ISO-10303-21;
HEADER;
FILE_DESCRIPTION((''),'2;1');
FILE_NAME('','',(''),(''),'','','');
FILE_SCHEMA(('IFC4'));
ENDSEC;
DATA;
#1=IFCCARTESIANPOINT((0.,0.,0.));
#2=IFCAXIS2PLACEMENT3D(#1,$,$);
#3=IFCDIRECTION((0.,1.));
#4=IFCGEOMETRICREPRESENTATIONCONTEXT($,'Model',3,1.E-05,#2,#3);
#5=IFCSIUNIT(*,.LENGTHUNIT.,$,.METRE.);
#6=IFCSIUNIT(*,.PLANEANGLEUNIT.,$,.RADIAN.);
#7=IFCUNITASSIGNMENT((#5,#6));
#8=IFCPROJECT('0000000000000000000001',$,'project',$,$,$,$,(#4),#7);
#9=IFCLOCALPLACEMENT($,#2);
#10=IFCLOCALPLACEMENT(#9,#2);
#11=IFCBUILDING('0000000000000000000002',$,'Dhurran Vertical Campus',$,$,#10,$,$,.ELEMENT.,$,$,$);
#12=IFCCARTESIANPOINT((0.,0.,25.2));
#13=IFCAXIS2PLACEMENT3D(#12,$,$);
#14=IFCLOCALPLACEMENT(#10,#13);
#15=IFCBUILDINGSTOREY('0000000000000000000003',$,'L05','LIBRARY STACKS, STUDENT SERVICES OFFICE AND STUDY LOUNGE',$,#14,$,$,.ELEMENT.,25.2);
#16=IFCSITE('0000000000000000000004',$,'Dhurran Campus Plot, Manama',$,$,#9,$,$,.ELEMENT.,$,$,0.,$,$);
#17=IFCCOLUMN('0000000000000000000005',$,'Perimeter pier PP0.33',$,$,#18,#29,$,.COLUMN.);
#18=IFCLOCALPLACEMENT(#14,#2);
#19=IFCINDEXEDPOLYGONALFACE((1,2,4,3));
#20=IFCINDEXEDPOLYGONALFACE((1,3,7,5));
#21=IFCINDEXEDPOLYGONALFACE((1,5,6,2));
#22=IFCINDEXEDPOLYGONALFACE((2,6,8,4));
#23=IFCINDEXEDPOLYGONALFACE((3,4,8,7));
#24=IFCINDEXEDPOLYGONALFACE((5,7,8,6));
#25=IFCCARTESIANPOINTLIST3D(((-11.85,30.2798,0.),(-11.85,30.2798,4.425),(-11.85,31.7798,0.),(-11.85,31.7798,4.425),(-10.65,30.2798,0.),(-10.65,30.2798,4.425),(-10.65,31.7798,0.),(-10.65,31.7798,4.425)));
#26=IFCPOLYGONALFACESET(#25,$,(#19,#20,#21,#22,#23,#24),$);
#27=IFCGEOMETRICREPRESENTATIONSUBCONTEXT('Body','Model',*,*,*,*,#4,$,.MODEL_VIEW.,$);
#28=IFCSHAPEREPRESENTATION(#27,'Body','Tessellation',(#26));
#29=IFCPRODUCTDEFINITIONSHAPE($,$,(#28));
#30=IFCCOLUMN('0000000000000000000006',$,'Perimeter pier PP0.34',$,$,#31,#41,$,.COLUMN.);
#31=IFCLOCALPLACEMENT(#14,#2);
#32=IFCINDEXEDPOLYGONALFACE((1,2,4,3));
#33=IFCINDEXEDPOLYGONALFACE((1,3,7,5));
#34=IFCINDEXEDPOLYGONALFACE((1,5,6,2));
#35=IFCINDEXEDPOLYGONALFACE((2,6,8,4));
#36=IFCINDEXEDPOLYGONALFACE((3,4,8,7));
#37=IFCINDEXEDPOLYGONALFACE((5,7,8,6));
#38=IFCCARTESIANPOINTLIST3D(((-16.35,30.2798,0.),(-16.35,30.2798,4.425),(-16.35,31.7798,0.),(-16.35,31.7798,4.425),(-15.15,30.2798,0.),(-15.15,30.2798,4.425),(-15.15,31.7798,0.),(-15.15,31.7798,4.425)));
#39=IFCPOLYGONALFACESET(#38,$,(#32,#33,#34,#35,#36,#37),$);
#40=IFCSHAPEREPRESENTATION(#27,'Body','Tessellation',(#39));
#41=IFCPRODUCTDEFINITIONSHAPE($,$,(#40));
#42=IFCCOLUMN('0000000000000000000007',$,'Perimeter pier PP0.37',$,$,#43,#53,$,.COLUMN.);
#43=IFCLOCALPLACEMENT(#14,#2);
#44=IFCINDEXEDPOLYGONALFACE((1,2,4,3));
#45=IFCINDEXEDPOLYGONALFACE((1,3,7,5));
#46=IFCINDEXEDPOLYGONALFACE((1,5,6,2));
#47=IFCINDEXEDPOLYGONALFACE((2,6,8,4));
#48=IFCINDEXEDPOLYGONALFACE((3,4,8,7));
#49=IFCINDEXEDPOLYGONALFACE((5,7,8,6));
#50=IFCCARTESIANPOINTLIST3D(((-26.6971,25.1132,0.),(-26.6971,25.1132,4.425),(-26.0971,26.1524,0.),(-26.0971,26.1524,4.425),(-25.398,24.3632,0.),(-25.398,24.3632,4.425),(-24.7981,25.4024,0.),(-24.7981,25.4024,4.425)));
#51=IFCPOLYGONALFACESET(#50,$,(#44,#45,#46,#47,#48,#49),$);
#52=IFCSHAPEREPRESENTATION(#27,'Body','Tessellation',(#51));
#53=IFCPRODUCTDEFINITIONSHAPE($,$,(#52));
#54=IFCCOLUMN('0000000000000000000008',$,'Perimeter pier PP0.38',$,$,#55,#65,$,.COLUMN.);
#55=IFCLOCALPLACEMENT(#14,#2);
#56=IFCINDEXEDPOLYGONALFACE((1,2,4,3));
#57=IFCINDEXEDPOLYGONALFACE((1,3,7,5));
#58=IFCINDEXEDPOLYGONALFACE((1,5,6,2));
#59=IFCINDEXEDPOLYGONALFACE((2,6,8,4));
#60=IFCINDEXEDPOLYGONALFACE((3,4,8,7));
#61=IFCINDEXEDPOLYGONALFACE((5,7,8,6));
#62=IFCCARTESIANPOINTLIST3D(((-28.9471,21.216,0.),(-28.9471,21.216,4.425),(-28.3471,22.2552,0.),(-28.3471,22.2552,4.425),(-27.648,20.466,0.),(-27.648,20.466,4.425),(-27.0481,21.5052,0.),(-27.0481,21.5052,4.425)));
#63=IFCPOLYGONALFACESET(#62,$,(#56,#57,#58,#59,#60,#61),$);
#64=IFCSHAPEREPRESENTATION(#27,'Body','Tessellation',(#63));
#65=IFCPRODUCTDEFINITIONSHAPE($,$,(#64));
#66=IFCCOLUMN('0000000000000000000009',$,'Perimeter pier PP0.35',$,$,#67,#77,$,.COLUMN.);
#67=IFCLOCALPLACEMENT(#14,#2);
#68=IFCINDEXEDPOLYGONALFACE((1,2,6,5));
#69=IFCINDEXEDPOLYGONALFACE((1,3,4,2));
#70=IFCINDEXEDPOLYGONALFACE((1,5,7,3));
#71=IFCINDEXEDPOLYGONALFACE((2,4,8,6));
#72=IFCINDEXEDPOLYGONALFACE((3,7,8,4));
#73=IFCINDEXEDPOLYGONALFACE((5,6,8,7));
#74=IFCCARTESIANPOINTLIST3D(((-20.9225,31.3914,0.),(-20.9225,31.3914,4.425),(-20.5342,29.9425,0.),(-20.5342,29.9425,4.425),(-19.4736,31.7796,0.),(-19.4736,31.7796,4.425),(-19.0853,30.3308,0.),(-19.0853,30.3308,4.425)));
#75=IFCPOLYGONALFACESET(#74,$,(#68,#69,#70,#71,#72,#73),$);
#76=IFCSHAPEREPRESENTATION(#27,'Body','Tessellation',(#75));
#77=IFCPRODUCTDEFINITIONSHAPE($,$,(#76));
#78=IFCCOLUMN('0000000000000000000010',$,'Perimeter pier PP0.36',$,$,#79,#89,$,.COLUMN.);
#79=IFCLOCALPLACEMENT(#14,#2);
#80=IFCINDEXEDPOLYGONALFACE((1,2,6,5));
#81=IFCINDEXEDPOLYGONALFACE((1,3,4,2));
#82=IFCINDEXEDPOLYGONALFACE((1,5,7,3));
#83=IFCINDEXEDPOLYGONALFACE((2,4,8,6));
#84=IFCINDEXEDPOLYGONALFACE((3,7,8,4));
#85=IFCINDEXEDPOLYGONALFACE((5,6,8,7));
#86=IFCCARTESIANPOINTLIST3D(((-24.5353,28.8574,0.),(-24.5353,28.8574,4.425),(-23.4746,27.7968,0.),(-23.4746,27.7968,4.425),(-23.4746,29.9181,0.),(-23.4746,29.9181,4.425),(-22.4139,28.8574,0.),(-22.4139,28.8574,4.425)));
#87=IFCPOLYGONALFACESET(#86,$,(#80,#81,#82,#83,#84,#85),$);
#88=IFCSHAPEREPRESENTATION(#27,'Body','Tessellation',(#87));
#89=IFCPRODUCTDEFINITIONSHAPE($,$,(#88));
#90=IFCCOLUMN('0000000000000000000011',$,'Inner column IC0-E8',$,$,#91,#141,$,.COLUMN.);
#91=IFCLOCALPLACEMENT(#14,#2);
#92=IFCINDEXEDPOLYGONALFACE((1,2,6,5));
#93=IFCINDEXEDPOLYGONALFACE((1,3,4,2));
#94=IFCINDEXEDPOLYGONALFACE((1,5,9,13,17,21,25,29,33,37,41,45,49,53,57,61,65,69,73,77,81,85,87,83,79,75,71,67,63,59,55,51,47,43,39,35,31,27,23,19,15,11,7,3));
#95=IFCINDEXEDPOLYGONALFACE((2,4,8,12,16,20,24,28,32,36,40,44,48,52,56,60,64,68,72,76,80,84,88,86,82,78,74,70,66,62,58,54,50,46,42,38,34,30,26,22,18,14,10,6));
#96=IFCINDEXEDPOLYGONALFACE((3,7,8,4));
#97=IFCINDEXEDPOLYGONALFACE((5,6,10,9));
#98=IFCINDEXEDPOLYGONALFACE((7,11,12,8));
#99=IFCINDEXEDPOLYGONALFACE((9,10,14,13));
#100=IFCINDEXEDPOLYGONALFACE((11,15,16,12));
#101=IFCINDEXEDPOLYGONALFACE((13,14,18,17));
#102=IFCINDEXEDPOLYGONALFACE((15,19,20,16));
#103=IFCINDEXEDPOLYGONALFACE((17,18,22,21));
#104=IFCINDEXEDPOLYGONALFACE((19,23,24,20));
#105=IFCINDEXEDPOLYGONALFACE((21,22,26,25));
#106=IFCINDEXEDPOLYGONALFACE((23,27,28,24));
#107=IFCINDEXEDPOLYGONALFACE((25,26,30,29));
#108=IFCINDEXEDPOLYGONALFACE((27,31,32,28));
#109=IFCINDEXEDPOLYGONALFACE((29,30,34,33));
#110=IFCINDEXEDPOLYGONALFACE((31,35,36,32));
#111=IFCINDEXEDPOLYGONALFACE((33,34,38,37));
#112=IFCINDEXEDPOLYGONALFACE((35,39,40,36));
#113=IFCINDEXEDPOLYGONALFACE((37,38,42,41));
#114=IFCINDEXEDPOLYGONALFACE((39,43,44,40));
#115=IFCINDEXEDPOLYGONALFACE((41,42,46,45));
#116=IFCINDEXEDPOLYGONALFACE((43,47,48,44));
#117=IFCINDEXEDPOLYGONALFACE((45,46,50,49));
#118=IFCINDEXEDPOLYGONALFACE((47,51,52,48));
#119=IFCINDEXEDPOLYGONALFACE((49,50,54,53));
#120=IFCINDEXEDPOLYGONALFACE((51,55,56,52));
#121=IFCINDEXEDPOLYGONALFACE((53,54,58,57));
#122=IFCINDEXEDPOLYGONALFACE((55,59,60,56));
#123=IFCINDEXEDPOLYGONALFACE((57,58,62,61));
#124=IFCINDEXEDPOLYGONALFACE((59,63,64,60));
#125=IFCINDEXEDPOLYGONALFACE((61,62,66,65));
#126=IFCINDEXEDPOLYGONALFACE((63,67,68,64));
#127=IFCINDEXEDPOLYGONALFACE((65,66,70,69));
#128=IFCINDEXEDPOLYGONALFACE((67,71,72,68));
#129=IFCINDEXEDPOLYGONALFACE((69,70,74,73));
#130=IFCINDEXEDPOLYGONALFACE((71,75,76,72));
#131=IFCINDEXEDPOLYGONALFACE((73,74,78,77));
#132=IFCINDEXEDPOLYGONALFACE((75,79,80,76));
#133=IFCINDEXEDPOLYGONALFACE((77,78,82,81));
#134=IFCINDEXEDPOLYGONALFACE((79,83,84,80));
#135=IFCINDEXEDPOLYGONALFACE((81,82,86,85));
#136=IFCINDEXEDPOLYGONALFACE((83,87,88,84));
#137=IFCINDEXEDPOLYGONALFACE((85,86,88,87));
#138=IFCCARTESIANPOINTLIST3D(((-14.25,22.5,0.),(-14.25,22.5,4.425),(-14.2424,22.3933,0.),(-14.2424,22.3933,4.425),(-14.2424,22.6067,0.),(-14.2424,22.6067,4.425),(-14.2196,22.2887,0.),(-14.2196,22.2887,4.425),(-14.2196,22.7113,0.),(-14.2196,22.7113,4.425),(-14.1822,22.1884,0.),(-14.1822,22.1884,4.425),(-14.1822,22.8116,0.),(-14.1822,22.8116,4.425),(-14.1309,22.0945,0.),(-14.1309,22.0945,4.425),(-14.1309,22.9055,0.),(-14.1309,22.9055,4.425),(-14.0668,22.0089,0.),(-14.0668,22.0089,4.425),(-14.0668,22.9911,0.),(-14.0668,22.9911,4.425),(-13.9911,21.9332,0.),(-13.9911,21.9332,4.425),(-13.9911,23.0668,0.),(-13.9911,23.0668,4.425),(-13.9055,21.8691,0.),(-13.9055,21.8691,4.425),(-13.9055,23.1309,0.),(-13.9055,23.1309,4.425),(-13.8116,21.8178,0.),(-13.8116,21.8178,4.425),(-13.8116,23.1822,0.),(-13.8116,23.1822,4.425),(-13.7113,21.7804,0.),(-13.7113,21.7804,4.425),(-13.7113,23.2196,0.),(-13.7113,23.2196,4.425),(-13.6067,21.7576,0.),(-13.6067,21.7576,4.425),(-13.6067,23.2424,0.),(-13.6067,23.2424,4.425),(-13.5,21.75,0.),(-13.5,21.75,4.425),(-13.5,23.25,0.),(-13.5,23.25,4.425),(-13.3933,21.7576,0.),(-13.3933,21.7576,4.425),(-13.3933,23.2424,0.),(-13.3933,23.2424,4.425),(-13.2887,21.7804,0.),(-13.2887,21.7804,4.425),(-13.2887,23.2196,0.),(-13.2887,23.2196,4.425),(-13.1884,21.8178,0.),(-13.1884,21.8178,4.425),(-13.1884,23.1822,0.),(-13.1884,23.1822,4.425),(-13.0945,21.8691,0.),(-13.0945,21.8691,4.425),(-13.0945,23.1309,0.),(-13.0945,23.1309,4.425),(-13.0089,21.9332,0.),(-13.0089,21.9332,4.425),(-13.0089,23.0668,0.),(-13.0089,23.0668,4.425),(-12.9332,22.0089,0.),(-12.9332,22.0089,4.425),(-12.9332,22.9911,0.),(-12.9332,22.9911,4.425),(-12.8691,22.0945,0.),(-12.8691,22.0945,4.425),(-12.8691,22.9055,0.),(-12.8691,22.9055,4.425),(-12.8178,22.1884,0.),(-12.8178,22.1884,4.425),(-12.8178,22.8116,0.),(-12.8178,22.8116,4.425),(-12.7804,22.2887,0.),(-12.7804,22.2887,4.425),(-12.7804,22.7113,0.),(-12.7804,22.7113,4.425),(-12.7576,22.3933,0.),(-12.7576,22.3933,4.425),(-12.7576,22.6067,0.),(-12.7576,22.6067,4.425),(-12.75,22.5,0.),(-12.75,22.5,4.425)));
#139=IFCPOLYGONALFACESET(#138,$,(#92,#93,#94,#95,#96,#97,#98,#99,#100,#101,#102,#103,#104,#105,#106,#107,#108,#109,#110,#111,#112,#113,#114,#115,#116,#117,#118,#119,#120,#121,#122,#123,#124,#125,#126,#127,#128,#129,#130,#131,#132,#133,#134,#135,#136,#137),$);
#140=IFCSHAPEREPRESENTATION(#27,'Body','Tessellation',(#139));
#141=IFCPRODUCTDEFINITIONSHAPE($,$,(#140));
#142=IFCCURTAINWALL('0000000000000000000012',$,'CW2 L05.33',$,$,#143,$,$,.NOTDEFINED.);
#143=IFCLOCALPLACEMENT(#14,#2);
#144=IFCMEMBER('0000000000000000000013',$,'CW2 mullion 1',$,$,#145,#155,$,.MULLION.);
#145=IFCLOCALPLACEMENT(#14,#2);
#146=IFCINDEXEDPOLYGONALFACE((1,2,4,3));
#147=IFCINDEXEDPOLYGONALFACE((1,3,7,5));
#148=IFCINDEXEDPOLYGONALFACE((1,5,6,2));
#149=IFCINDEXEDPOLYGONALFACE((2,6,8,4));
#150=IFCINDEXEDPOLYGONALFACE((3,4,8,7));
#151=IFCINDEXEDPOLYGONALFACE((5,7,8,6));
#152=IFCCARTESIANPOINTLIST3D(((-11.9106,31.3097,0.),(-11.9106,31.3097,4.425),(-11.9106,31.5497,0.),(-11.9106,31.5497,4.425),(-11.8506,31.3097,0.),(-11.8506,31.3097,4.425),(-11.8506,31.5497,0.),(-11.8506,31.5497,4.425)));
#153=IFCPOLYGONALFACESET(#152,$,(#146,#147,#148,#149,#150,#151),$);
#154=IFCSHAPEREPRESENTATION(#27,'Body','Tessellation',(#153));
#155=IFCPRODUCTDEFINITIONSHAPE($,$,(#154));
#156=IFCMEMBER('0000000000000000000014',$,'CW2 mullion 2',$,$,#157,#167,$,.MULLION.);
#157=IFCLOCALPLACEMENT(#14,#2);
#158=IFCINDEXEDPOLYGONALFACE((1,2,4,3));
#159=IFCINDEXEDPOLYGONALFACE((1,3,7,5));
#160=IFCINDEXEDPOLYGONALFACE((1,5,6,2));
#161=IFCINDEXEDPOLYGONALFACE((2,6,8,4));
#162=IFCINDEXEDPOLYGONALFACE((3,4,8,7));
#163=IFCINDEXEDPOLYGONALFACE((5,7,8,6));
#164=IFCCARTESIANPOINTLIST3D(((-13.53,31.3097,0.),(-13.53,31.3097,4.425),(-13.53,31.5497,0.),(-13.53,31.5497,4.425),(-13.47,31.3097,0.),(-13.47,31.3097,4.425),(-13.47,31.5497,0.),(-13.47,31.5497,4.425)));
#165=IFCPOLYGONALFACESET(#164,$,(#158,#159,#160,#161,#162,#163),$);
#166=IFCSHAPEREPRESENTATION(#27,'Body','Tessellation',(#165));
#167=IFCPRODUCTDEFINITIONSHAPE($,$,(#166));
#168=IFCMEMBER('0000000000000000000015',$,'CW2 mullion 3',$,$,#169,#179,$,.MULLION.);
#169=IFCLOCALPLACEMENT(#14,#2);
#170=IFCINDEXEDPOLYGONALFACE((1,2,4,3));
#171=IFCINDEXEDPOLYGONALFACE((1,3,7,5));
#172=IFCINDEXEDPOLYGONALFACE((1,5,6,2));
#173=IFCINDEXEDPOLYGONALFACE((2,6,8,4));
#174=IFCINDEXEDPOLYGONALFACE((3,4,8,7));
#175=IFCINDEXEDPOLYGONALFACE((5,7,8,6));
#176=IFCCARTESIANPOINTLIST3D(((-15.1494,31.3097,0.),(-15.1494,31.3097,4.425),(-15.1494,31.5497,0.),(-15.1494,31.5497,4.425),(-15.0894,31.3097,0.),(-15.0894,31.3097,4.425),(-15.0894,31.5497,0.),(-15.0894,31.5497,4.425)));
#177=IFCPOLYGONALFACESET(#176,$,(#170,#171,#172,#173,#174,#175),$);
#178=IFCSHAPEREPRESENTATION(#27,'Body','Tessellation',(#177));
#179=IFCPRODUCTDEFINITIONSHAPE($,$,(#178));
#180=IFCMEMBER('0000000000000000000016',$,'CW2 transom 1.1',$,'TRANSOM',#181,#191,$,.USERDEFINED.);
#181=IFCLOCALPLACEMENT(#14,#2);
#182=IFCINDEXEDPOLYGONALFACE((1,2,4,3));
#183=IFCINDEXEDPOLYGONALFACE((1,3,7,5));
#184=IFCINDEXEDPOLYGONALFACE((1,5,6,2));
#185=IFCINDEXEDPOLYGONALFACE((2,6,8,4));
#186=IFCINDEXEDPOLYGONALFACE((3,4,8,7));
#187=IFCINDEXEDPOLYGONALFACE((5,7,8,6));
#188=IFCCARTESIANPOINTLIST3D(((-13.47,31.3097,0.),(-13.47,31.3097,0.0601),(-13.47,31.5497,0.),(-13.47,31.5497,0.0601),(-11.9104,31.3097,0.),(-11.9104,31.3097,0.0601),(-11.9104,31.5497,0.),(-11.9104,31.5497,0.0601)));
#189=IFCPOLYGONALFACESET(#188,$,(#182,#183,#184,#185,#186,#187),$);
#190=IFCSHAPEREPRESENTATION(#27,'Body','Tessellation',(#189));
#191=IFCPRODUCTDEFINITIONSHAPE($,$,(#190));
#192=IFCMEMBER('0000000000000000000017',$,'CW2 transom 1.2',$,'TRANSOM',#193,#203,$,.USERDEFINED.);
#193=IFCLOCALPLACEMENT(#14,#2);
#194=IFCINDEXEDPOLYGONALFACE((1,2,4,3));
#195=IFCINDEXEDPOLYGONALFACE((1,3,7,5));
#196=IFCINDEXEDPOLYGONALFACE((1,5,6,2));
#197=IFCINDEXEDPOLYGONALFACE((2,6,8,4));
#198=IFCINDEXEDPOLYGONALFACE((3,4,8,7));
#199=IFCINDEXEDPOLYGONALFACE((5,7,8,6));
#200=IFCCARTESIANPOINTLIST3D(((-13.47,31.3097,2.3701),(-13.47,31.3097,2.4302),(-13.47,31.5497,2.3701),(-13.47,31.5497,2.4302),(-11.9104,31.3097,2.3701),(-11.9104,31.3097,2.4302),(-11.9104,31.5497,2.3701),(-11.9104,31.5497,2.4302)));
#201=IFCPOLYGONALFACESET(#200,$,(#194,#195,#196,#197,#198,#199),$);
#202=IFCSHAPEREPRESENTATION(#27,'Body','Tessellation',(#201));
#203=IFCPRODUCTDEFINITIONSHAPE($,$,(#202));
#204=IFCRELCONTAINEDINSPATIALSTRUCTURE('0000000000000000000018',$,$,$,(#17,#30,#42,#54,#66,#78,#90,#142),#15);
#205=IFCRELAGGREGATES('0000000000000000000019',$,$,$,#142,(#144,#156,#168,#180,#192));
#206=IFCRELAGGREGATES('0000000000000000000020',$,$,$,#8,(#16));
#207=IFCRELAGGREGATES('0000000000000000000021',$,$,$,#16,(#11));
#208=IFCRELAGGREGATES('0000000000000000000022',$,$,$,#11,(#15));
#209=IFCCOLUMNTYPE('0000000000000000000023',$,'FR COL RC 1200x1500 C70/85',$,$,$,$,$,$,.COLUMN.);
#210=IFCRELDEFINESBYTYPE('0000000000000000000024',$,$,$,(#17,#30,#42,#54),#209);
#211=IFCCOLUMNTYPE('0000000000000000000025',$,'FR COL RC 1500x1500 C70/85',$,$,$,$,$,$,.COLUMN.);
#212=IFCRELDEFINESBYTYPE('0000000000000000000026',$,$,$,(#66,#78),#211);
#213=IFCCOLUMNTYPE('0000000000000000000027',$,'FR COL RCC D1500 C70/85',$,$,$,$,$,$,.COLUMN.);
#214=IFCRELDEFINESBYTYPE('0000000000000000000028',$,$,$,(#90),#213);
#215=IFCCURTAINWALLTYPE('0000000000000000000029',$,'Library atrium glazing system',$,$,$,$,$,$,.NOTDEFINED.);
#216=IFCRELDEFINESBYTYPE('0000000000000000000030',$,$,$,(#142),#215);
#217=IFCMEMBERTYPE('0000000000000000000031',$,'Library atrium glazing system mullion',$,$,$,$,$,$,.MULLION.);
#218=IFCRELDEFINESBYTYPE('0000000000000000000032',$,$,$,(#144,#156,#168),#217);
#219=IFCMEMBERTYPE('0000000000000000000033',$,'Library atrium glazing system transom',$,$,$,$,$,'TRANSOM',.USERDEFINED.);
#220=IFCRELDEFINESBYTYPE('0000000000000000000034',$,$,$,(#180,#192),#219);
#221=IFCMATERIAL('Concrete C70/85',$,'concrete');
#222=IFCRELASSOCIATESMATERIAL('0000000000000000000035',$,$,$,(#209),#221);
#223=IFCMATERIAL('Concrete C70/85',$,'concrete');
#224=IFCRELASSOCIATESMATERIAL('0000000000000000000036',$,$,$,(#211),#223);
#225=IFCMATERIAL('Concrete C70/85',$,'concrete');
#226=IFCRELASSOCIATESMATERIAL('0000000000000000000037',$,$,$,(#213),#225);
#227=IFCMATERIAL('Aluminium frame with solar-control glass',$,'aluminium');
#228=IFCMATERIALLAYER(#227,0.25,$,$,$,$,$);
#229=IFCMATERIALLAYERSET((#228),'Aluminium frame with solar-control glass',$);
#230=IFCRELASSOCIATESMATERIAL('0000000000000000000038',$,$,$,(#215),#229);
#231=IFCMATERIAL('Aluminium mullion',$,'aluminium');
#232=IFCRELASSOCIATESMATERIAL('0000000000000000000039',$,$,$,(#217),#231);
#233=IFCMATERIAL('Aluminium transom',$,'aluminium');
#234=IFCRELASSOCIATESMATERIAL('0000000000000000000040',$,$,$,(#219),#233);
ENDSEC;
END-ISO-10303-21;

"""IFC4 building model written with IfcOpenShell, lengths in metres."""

from ifc_helpers import new_model, si_unit, direction, frame, origin, origin_2d, place, context, subcontext, project, spatial, rectangle, circle, extrude, material, layer, layer_set, material_profile, profile_set, type_object, element, aggregate, save


model = new_model("IFC4")

# Units and contexts
model_context = context("Model", 3, precision=1e-05, world=origin(), true_north=direction((0.0, 1.0)))
body_context = subcontext(model_context, "Body", "Model", "MODEL_VIEW")
ifc_project = project(units=[si_unit("LENGTHUNIT", "METRE"), si_unit("PLANEANGLEUNIT", "RADIAN")], contexts=[model_context])

# Site, building, storey
site_placement = place(None, origin())
site = spatial("IfcSite", under=ifc_project, at=site_placement, Name="Dhurran Campus Plot, Manama", CompositionType="ELEMENT", RefElevation=0.0)
building_placement = place(site_placement, origin())
building = spatial("IfcBuilding", under=site, at=building_placement, Name="Dhurran Vertical Campus", CompositionType="ELEMENT")
storey_placement = place(building_placement, frame((0.0, 0.0, 25.2)))
storey = spatial("IfcBuildingStorey", under=building, at=storey_placement, Name="L05", Description="LIBRARY STACKS, STUDENT SERVICES OFFICE AND STUDY LOUNGE", CompositionType="ELEMENT", Elevation=25.2)

# Columns
ifc_material_1 = material(Name="Concrete C70/85", Category="concrete")
ifc_material_profile_1 = material_profile(ifc_material_1, rectangle(XDim=1.2, YDim=1.5, at=origin_2d()), Name="RC 1200x1500")
ifc_profile_set_1 = profile_set([ifc_material_profile_1], Name="Concrete C70/85")
column_type_1 = type_object("IfcColumnType", Name="FR COL RC 1200x1500 C70/85", PredefinedType="COLUMN", material=ifc_profile_set_1)
for number, where, z_axis, x_axis, name in (
    (1, (-11.25, 31.0298, 0.0), (0.0, 0.0, 1.0), (-1.0, 0.0, 0.0), "Perimeter pier PP0.33"),
    (2, (-15.75, 31.0298, 0.0), (0.0, 0.0, 1.0), (-1.0, 0.0, 0.0), "Perimeter pier PP0.34"),
    (3, (-25.7476, 25.2578, 0.0), (0.0, 0.0, 1.0), (-0.5, -0.866025, 0.0), "Perimeter pier PP0.37"),
    (4, (-27.9976, 21.3606, 0.0), (0.0, 0.0, 1.0), (-0.5, -0.866025, 0.0), "Perimeter pier PP0.38"),
):
    element("IfcColumn", number, at=place(storey_placement, frame(where, z_axis=z_axis, x_axis=x_axis)), inside=storey, type_object=column_type_1, Name=name, PredefinedType="COLUMN", context=body_context, shape_type="SweptSolid", body=[
        extrude(rectangle(XDim=1.2, YDim=1.5, at=origin_2d()), origin(), (0.0, 0.0, 1.0), 4.425),
    ])
ifc_material_2 = material(Name="Concrete C70/85", Category="concrete")
ifc_material_profile_2 = material_profile(ifc_material_2, rectangle(XDim=1.5, YDim=1.5, at=origin_2d()), Name="RC 1500x1500")
ifc_profile_set_2 = profile_set([ifc_material_profile_2], Name="Concrete C70/85")
column_type_2 = type_object("IfcColumnType", Name="FR COL RC 1500x1500 C70/85", PredefinedType="COLUMN", material=ifc_profile_set_2)
for number, where, z_axis, x_axis, name in (
    (5, (-20.0039, 30.8611, 0.0), (0.0, 0.0, 1.0), (-0.965926, -0.258819, 0.0), "Perimeter pier PP0.35"),
    (6, (-23.4746, 28.8574, 0.0), (0.0, 0.0, 1.0), (-0.707107, -0.707107, 0.0), "Perimeter pier PP0.36"),
):
    element("IfcColumn", number, at=place(storey_placement, frame(where, z_axis=z_axis, x_axis=x_axis)), inside=storey, type_object=column_type_2, Name=name, PredefinedType="COLUMN", context=body_context, shape_type="SweptSolid", body=[
        extrude(rectangle(XDim=1.5, YDim=1.5, at=origin_2d()), origin(), (0.0, 0.0, 1.0), 4.425),
    ])
ifc_material_3 = material(Name="Concrete C70/85", Category="concrete")
ifc_material_profile_3 = material_profile(ifc_material_3, circle(Radius=0.75, at=origin_2d()), Name="RCC D1500")
ifc_profile_set_3 = profile_set([ifc_material_profile_3], Name="Concrete C70/85")
column_type_3 = type_object("IfcColumnType", Name="FR COL RCC D1500 C70/85", PredefinedType="COLUMN", material=ifc_profile_set_3)
column_placement = place(storey_placement, frame((-13.5, 22.5, 0.0), z_axis=(0.0, 0.0, 1.0), x_axis=(1.0, 0.0, 0.0)))
element("IfcColumn", 7, at=column_placement, inside=storey, type_object=column_type_3, Name="Inner column IC0-E8", PredefinedType="COLUMN", context=body_context, shape_type="SweptSolid", body=[
    extrude(circle(Radius=0.75, at=origin_2d()), origin(), (0.0, 0.0, 1.0), 4.425),
])

# Curtain wall, members
ifc_material_4 = material(Name="Aluminium frame with solar-control glass", Category="aluminium")
ifc_layer_1 = layer(ifc_material_4, 0.25)
ifc_layer_set_1 = layer_set([ifc_layer_1], Name="Aluminium frame with solar-control glass")
curtain_wall_type = type_object("IfcCurtainWallType", Name="Library atrium glazing system", PredefinedType="NOTDEFINED", material=ifc_layer_set_1)
curtain_wall_placement = place(storey_placement, origin())
curtain_wall = element("IfcCurtainWall", 8, at=curtain_wall_placement, inside=storey, type_object=curtain_wall_type, Name="CW2 L05.33", PredefinedType="NOTDEFINED")
ifc_material_5 = material(Name="Aluminium mullion", Category="aluminium")
ifc_material_profile_4 = material_profile(ifc_material_5, rectangle(XDim=0.24, YDim=0.0601, at=origin_2d()), Name="Library atrium glazing system mullion")
ifc_profile_set_4 = profile_set([ifc_material_profile_4], Name="Aluminium mullion")
member_type_1 = type_object("IfcMemberType", Name="Library atrium glazing system mullion", PredefinedType="MULLION", material=ifc_profile_set_4)
member_1_placement = place(storey_placement, frame((-11.8806, 31.4297, 0.0), z_axis=(0.0, 0.0, 1.0), x_axis=(0.0, -1.0, 0.0)))
member_1 = element("IfcMember", 9, at=member_1_placement, type_object=member_type_1, Name="CW2 mullion 1", PredefinedType="MULLION", context=body_context, shape_type="SweptSolid", body=[
    extrude(rectangle(XDim=0.24, YDim=0.0601, at=origin_2d()), origin(), (0.0, 0.0, 1.0), 4.425),
])
member_2_placement = place(storey_placement, frame((-13.5, 31.4297, 0.0), z_axis=(0.0, 0.0, 1.0), x_axis=(0.0, -1.0, 0.0)))
member_2 = element("IfcMember", 10, at=member_2_placement, type_object=member_type_1, Name="CW2 mullion 2", PredefinedType="MULLION", context=body_context, shape_type="SweptSolid", body=[
    extrude(rectangle(XDim=0.24, YDim=0.0601, at=origin_2d()), origin(), (0.0, 0.0, 1.0), 4.425),
])
member_3_placement = place(storey_placement, frame((-15.1194, 31.4297, 0.0), z_axis=(0.0, 0.0, 1.0), x_axis=(0.0, -1.0, 0.0)))
member_3 = element("IfcMember", 11, at=member_3_placement, type_object=member_type_1, Name="CW2 mullion 3", PredefinedType="MULLION", context=body_context, shape_type="SweptSolid", body=[
    extrude(rectangle(XDim=0.24, YDim=0.0601, at=origin_2d()), origin(), (0.0, 0.0, 1.0), 4.425),
])
ifc_material_6 = material(Name="Aluminium transom", Category="aluminium")
ifc_material_profile_5 = material_profile(ifc_material_6, rectangle(XDim=0.24, YDim=0.0601, at=origin_2d()), Name="Library atrium glazing system transom")
ifc_profile_set_5 = profile_set([ifc_material_profile_5], Name="Aluminium transom")
member_type_2 = type_object("IfcMemberType", Name="Library atrium glazing system transom", ElementType="TRANSOM", PredefinedType="USERDEFINED", material=ifc_profile_set_5)
member_4_placement = place(storey_placement, frame((-11.9104, 31.4297, 0.03), z_axis=(-1.0, 0.0, 0.0), x_axis=(0.0, -1.0, 0.0)))
member_4 = element("IfcMember", 12, at=member_4_placement, type_object=member_type_2, Name="CW2 transom 1.1", ObjectType="TRANSOM", PredefinedType="USERDEFINED", context=body_context, shape_type="SweptSolid", body=[
    extrude(rectangle(XDim=0.24, YDim=0.0601, at=origin_2d()), origin(), (0.0, 0.0, 1.0), 1.5596),
])
member_5_placement = place(storey_placement, frame((-11.9104, 31.4297, 2.4001), z_axis=(-1.0, 0.0, 0.0), x_axis=(0.0, -1.0, 0.0)))
member_5 = element("IfcMember", 13, at=member_5_placement, type_object=member_type_2, Name="CW2 transom 1.2", ObjectType="TRANSOM", PredefinedType="USERDEFINED", context=body_context, shape_type="SweptSolid", body=[
    extrude(rectangle(XDim=0.24, YDim=0.0601, at=origin_2d()), origin(), (0.0, 0.0, 1.0), 1.5596),
])
aggregate(curtain_wall, [member_1, member_2, member_3, member_4, member_5])

save(model, "model.ifc")
